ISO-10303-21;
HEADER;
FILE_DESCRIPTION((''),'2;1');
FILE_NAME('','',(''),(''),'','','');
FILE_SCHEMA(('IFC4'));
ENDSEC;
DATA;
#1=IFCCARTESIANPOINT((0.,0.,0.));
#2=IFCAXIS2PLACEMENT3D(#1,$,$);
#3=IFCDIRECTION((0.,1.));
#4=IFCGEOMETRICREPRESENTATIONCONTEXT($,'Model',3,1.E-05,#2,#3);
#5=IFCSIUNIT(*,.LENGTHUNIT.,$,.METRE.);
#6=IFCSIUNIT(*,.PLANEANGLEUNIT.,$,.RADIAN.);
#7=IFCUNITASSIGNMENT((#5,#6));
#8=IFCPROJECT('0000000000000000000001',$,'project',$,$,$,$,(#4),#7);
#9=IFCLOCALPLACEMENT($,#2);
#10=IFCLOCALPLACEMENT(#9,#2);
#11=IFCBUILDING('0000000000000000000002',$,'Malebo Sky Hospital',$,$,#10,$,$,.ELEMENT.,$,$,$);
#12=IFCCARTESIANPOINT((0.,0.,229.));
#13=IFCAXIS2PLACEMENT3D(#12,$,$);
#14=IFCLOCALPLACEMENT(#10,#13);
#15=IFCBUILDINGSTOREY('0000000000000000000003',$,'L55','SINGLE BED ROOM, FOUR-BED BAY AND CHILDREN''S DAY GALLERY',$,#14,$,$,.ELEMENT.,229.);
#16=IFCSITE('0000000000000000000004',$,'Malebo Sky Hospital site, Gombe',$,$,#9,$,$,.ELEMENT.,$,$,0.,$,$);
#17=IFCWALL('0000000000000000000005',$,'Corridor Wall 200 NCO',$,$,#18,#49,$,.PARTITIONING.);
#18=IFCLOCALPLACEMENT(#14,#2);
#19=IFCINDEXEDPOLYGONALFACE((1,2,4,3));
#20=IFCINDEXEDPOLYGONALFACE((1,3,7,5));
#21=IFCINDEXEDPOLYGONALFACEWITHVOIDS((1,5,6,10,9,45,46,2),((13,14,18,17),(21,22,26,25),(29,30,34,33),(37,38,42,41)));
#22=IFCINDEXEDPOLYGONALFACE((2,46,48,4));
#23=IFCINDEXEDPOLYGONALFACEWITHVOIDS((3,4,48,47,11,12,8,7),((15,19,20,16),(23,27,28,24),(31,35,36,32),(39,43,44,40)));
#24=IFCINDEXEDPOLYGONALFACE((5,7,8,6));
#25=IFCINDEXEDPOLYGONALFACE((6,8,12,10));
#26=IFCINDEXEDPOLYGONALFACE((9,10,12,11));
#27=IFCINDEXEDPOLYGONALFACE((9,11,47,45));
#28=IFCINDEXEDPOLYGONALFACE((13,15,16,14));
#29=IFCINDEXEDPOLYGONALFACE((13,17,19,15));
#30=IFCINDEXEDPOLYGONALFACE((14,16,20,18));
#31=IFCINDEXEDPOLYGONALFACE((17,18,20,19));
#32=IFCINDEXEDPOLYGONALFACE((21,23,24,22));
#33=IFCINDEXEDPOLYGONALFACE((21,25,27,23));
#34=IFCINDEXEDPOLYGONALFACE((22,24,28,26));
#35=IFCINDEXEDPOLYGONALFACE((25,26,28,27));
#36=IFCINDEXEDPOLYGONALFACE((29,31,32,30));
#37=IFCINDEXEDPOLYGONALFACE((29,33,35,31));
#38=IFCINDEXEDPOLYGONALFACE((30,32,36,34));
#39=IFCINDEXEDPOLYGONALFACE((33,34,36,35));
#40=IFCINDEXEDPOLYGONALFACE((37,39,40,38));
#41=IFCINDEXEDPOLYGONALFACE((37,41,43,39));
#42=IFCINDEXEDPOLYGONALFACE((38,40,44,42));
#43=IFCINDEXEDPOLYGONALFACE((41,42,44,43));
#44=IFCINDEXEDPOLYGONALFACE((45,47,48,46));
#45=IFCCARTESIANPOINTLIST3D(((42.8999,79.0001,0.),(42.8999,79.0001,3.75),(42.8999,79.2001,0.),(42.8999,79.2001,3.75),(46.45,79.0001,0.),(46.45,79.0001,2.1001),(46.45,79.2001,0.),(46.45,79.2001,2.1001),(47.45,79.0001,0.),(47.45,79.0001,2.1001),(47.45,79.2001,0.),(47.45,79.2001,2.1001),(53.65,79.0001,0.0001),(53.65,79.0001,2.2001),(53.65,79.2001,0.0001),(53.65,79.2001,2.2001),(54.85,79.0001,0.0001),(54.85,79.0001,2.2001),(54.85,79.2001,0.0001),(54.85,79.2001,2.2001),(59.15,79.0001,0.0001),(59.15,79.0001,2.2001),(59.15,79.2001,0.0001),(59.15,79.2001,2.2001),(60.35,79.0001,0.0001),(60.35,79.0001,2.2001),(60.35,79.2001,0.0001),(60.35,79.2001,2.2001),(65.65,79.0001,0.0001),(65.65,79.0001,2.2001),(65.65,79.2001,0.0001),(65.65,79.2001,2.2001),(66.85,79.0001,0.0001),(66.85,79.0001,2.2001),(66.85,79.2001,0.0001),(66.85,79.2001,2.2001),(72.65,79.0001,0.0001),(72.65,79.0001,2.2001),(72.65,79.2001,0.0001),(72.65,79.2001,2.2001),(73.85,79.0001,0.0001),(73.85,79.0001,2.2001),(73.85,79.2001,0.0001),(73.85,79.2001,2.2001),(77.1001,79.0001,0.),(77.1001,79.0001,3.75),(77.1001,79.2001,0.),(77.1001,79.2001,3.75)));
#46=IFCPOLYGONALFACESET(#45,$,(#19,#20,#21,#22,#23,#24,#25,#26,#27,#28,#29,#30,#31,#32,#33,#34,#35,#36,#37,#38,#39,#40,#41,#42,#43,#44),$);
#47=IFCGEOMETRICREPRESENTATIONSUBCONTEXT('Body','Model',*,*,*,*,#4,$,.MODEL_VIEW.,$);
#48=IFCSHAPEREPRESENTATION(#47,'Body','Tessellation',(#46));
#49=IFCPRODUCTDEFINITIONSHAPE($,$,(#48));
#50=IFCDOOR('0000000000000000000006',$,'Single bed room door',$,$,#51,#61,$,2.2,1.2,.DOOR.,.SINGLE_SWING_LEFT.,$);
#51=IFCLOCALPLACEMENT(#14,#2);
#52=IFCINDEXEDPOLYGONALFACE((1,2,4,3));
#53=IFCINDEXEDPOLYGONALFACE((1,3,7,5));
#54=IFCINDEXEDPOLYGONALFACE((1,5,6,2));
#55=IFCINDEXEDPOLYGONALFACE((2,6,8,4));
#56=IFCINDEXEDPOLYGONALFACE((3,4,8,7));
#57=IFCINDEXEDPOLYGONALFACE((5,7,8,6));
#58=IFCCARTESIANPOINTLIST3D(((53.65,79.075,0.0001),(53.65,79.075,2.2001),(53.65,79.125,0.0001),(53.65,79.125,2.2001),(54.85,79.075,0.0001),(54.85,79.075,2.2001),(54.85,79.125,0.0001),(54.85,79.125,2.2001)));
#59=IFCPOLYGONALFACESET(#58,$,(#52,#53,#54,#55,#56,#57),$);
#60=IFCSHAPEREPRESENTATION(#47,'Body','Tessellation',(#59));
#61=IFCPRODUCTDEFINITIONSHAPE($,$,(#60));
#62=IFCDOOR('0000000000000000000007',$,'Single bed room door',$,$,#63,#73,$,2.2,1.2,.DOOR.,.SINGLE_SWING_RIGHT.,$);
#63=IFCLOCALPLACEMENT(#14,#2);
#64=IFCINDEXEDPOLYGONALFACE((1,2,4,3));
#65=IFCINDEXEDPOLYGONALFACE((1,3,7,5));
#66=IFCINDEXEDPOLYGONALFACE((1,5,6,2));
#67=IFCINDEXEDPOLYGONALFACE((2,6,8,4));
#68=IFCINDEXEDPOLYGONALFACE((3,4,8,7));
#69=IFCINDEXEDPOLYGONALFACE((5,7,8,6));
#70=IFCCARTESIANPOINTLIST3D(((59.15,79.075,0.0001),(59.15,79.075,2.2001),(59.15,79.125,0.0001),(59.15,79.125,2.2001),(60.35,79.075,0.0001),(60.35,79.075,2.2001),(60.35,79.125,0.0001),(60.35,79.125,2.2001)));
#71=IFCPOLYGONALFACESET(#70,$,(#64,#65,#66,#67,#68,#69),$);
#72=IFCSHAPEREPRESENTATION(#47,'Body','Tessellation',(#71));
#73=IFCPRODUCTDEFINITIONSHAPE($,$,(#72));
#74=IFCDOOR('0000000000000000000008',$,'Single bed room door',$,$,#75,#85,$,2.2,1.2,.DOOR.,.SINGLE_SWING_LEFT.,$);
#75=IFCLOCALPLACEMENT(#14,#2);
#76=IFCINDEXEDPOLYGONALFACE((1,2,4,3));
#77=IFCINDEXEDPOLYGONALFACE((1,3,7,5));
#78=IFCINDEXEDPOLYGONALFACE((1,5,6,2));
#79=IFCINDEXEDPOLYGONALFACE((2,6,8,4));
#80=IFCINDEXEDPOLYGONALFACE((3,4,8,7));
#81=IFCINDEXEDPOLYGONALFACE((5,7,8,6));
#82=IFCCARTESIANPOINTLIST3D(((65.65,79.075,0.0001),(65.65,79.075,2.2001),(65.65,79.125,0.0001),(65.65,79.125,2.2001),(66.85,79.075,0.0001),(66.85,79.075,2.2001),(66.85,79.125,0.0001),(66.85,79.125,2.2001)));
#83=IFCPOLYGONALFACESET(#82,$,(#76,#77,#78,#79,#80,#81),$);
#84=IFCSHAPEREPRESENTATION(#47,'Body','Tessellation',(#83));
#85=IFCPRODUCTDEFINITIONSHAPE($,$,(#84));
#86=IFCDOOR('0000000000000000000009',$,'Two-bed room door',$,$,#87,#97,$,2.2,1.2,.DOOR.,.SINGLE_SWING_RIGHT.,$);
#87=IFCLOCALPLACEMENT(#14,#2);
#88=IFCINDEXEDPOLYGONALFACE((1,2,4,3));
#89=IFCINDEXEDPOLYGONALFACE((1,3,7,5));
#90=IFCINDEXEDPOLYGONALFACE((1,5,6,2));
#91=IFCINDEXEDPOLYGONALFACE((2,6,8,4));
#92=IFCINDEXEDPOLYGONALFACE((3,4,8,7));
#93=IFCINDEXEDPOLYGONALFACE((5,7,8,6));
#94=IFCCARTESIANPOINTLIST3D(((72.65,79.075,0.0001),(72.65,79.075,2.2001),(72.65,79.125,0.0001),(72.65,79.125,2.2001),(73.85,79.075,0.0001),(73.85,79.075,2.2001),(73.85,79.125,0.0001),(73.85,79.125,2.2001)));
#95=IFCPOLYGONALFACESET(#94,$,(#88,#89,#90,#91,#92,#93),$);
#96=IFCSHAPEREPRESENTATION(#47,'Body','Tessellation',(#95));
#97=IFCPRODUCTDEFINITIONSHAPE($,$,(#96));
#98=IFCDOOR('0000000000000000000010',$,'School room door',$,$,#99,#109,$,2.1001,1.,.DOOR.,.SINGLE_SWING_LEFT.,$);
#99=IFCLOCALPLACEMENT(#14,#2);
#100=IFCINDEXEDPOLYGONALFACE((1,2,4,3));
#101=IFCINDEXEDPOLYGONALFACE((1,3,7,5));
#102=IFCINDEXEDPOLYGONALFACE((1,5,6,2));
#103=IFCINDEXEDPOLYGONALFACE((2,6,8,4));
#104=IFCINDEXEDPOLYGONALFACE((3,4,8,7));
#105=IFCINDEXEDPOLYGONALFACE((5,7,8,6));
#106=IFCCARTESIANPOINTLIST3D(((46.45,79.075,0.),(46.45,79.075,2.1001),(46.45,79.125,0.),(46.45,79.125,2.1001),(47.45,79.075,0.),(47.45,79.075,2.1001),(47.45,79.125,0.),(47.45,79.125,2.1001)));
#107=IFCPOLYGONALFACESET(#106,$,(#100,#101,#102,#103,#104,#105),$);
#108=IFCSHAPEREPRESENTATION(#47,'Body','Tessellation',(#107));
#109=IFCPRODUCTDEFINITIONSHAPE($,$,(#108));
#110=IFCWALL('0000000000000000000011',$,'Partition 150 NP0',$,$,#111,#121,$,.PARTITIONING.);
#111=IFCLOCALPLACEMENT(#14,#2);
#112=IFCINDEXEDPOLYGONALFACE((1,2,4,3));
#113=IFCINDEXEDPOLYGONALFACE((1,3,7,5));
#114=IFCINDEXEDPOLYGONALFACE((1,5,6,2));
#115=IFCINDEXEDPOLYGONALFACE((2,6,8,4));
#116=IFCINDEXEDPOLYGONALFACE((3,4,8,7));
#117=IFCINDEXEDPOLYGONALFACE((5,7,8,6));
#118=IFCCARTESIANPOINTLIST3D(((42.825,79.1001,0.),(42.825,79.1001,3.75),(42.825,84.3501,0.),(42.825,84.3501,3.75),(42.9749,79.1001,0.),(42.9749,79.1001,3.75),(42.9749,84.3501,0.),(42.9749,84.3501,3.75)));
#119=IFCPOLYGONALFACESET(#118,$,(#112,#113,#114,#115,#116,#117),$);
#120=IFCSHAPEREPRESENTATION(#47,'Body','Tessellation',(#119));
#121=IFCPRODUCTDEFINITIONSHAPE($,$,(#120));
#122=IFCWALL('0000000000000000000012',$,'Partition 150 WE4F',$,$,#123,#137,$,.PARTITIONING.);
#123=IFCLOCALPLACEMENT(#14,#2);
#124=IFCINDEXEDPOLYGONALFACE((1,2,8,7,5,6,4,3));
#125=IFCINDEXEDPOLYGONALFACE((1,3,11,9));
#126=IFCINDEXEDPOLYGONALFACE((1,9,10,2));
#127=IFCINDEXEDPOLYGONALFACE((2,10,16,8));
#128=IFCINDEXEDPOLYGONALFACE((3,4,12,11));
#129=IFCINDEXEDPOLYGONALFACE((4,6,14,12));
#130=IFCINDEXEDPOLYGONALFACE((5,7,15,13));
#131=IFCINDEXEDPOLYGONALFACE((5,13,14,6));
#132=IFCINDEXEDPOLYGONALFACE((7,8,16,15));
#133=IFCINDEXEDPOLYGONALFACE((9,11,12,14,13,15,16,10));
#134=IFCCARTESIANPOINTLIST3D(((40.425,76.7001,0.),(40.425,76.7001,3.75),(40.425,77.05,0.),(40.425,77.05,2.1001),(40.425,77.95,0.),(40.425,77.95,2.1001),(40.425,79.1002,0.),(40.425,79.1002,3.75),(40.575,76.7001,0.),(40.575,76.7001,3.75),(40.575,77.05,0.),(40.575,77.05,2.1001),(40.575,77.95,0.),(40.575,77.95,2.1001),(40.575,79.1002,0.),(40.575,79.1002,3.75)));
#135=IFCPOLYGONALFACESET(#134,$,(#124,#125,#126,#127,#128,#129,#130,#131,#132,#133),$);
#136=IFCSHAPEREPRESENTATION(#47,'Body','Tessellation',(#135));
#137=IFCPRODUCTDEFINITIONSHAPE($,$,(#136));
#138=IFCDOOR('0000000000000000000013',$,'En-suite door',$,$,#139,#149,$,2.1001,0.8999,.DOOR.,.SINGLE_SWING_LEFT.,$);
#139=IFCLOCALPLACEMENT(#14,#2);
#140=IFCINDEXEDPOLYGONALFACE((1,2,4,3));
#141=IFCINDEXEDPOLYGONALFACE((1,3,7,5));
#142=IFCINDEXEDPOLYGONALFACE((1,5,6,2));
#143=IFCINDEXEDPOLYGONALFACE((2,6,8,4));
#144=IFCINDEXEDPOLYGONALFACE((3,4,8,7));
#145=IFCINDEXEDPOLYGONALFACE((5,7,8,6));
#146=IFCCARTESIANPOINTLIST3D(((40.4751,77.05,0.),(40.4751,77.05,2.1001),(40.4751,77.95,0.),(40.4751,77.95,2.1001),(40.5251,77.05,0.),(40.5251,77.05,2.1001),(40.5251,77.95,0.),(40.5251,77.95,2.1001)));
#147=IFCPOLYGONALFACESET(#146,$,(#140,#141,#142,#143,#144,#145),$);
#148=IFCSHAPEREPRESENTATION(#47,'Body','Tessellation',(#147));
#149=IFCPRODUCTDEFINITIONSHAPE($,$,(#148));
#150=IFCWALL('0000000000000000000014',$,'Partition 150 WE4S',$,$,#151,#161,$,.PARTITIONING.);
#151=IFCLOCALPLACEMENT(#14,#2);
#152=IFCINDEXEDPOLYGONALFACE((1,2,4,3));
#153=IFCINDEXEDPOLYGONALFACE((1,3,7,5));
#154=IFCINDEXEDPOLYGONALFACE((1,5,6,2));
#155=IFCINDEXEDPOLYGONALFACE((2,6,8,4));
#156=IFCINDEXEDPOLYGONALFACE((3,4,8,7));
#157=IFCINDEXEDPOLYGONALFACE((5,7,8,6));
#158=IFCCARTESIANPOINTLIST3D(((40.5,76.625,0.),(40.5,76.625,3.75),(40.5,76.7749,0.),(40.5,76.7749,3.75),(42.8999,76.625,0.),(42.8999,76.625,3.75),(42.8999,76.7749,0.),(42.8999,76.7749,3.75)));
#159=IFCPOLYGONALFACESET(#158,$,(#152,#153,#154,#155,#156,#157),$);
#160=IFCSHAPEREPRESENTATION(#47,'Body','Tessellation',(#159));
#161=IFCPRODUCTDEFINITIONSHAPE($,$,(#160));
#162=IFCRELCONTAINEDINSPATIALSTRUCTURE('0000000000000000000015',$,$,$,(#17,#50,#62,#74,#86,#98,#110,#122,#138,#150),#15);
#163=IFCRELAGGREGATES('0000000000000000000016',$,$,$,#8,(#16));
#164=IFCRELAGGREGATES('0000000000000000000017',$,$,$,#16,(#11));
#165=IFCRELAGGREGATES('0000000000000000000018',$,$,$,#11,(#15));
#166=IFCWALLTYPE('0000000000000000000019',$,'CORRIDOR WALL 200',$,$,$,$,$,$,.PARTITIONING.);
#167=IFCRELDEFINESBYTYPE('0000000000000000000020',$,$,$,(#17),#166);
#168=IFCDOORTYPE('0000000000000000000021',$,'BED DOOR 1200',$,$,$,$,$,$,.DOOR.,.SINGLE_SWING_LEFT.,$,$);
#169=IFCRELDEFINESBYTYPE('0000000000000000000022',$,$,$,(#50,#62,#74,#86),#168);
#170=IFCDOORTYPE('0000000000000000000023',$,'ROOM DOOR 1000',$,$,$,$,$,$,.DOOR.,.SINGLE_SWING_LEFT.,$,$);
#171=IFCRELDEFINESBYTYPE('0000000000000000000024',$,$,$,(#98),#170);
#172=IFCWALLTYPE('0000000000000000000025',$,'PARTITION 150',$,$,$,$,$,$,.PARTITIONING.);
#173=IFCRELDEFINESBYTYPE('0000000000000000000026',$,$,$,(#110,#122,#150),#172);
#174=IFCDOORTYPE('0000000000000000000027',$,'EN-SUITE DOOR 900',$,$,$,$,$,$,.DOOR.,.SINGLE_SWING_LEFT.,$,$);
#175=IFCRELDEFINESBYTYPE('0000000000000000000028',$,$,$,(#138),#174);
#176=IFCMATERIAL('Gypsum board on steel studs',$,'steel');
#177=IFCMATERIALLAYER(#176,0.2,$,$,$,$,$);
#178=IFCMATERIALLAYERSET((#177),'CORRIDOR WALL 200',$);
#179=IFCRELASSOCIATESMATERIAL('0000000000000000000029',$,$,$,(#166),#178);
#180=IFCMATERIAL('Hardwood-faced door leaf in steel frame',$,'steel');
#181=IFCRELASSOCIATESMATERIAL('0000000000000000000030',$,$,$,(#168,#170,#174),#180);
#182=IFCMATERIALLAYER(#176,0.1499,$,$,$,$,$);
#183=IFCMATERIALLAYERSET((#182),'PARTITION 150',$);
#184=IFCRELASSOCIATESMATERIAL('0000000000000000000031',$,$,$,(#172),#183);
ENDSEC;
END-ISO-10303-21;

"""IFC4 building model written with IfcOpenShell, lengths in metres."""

from ifc_helpers import new_model, si_unit, direction, frame, frame_2d, origin, place, context, subcontext, project, spatial, rectangle, extrude, material, layer, layer_set, type_object, element, fill, save


model = new_model("IFC4")

# Units and contexts
model_context = context("Model", 3, precision=1e-05, world=origin(), true_north=direction((0.0, 1.0)))
body_context = subcontext(model_context, "Body", "Model", "MODEL_VIEW")
ifc_project = project(units=[si_unit("LENGTHUNIT", "METRE"), si_unit("PLANEANGLEUNIT", "RADIAN")], contexts=[model_context])

# Site, building, storey
site_placement = place(None, origin())
site = spatial("IfcSite", under=ifc_project, at=site_placement, Name="Malebo Sky Hospital site, Gombe", CompositionType="ELEMENT", RefElevation=0.0)
building_placement = place(site_placement, origin())
building = spatial("IfcBuilding", under=site, at=building_placement, Name="Malebo Sky Hospital", CompositionType="ELEMENT")
storey_placement = place(building_placement, frame((0.0, 0.0, 229.0)))
storey = spatial("IfcBuildingStorey", under=building, at=storey_placement, Name="L55", Description="SINGLE BED ROOM, FOUR-BED BAY AND CHILDREN'S DAY GALLERY", CompositionType="ELEMENT", Elevation=229.0)

# Wall, openings, doors
ifc_material_1 = material(Name="Gypsum board on steel studs", Category="steel")
ifc_layer_1 = layer(ifc_material_1, 0.2)
ifc_layer_set_1 = layer_set([ifc_layer_1], Name="CORRIDOR WALL 200")
wall_type_1 = type_object("IfcWallType", Name="CORRIDOR WALL 200", PredefinedType="PARTITIONING", material=ifc_layer_set_1)
wall_1_placement = place(storey_placement, frame((42.8999, 79.1001, 0.0), z_axis=(0.0, 0.0, 1.0), x_axis=(1.0, 0.0, 0.0)))
wall_1 = element("IfcWall", 1, at=wall_1_placement, inside=storey, type_object=wall_type_1, Name="Corridor Wall 200 NCO", PredefinedType="PARTITIONING", context=body_context, shape_type="SweptSolid", body=[
    extrude(rectangle(XDim=34.2002, YDim=0.2, at=frame_2d((17.1001, 0.0))), origin(), (0.0, 0.0, 1.0), 3.75),
])
opening_1_placement = place(wall_1_placement, frame((3.55, 0.0, 0.0)))
opening_1 = element("IfcOpeningElement", 2, at=opening_1_placement, cuts=wall_1, PredefinedType="OPENING", context=body_context, shape_type="SweptSolid", body=[
    extrude(rectangle(XDim=1.0, YDim=2.1001, at=frame_2d((0.5, 1.05))), frame((0.0, 0.1099, 0.0), z_axis=(0.0, -1.0, 0.0), x_axis=(1.0, 0.0, 0.0)), (0.0, 0.0, 1.0), 0.22),
])
opening_2_placement = place(wall_1_placement, frame((10.75, 0.0, 0.0)))
opening_2 = element("IfcOpeningElement", 3, at=opening_2_placement, cuts=wall_1, PredefinedType="OPENING", context=body_context, shape_type="SweptSolid", body=[
    extrude(rectangle(XDim=1.2, YDim=2.2, at=frame_2d((0.6001, 1.1001))), frame((0.0, 0.1099, 0.0), z_axis=(0.0, -1.0, 0.0), x_axis=(1.0, 0.0, 0.0)), (0.0, 0.0, 1.0), 0.22),
])
opening_3_placement = place(wall_1_placement, frame((16.25, 0.0, 0.0)))
opening_3 = element("IfcOpeningElement", 4, at=opening_3_placement, cuts=wall_1, PredefinedType="OPENING", context=body_context, shape_type="SweptSolid", body=[
    extrude(rectangle(XDim=1.2, YDim=2.2, at=frame_2d((0.6001, 1.1001))), frame((0.0, 0.1099, 0.0), z_axis=(0.0, -1.0, 0.0), x_axis=(1.0, 0.0, 0.0)), (0.0, 0.0, 1.0), 0.22),
])
opening_4_placement = place(wall_1_placement, frame((22.75, 0.0, 0.0)))
opening_4 = element("IfcOpeningElement", 5, at=opening_4_placement, cuts=wall_1, PredefinedType="OPENING", context=body_context, shape_type="SweptSolid", body=[
    extrude(rectangle(XDim=1.2, YDim=2.2, at=frame_2d((0.6001, 1.1001))), frame((0.0, 0.1099, 0.0), z_axis=(0.0, -1.0, 0.0), x_axis=(1.0, 0.0, 0.0)), (0.0, 0.0, 1.0), 0.22),
])
opening_5_placement = place(wall_1_placement, frame((29.75, 0.0, 0.0)))
opening_5 = element("IfcOpeningElement", 6, at=opening_5_placement, cuts=wall_1, PredefinedType="OPENING", context=body_context, shape_type="SweptSolid", body=[
    extrude(rectangle(XDim=1.2, YDim=2.2, at=frame_2d((0.6001, 1.1001))), frame((0.0, 0.1099, 0.0), z_axis=(0.0, -1.0, 0.0), x_axis=(1.0, 0.0, 0.0)), (0.0, 0.0, 1.0), 0.22),
])
ifc_material_2 = material(Name="Hardwood-faced door leaf in steel frame", Category="steel")
door_type_1 = type_object("IfcDoorType", Name="BED DOOR 1200", OperationType="SINGLE_SWING_LEFT", PredefinedType="DOOR", material=ifc_material_2)
door_1_placement = place(opening_2_placement, origin())
door_1 = element("IfcDoor", 7, at=door_1_placement, inside=storey, type_object=door_type_1, Name="Single bed room door", OperationType="SINGLE_SWING_LEFT", OverallHeight=2.2, OverallWidth=1.2, PredefinedType="DOOR", context=body_context, shape_type="SweptSolid", body=[
    extrude(rectangle(XDim=1.2, YDim=2.2, at=frame_2d((0.6001, 1.1001))), frame((0.0, 0.0249, 0.0), z_axis=(0.0, -1.0, 0.0), x_axis=(1.0, 0.0, 0.0)), (0.0, 0.0, 1.0), 0.05),
])
fill(opening_2, door_1)
door_2_placement = place(opening_3_placement, origin())
door_2 = element("IfcDoor", 8, at=door_2_placement, inside=storey, type_object=door_type_1, Name="Single bed room door", OperationType="SINGLE_SWING_RIGHT", OverallHeight=2.2, OverallWidth=1.2, PredefinedType="DOOR", context=body_context, shape_type="SweptSolid", body=[
    extrude(rectangle(XDim=1.2, YDim=2.2, at=frame_2d((0.6001, 1.1001))), frame((0.0, 0.0249, 0.0), z_axis=(0.0, -1.0, 0.0), x_axis=(1.0, 0.0, 0.0)), (0.0, 0.0, 1.0), 0.05),
])
fill(opening_3, door_2)
door_3_placement = place(opening_4_placement, origin())
door_3 = element("IfcDoor", 9, at=door_3_placement, inside=storey, type_object=door_type_1, Name="Single bed room door", OperationType="SINGLE_SWING_LEFT", OverallHeight=2.2, OverallWidth=1.2, PredefinedType="DOOR", context=body_context, shape_type="SweptSolid", body=[
    extrude(rectangle(XDim=1.2, YDim=2.2, at=frame_2d((0.6001, 1.1001))), frame((0.0, 0.0249, 0.0), z_axis=(0.0, -1.0, 0.0), x_axis=(1.0, 0.0, 0.0)), (0.0, 0.0, 1.0), 0.05),
])
fill(opening_4, door_3)
door_4_placement = place(opening_5_placement, origin())
door_4 = element("IfcDoor", 10, at=door_4_placement, inside=storey, type_object=door_type_1, Name="Two-bed room door", OperationType="SINGLE_SWING_RIGHT", OverallHeight=2.2, OverallWidth=1.2, PredefinedType="DOOR", context=body_context, shape_type="SweptSolid", body=[
    extrude(rectangle(XDim=1.2, YDim=2.2, at=frame_2d((0.6001, 1.1001))), frame((0.0, 0.0249, 0.0), z_axis=(0.0, -1.0, 0.0), x_axis=(1.0, 0.0, 0.0)), (0.0, 0.0, 1.0), 0.05),
])
fill(opening_5, door_4)
door_type_2 = type_object("IfcDoorType", Name="ROOM DOOR 1000", OperationType="SINGLE_SWING_LEFT", PredefinedType="DOOR", material=ifc_material_2)
door_5_placement = place(opening_1_placement, origin())
door_5 = element("IfcDoor", 11, at=door_5_placement, inside=storey, type_object=door_type_2, Name="School room door", OperationType="SINGLE_SWING_LEFT", OverallHeight=2.1001, OverallWidth=1.0, PredefinedType="DOOR", context=body_context, shape_type="SweptSolid", body=[
    extrude(rectangle(XDim=1.0, YDim=2.1001, at=frame_2d((0.5, 1.05))), frame((0.0, 0.0249, 0.0), z_axis=(0.0, -1.0, 0.0), x_axis=(1.0, 0.0, 0.0)), (0.0, 0.0, 1.0), 0.05),
])
fill(opening_1, door_5)

# Wall
ifc_layer_2 = layer(ifc_material_1, 0.1499)
ifc_layer_set_2 = layer_set([ifc_layer_2], Name="PARTITION 150")
wall_type_2 = type_object("IfcWallType", Name="PARTITION 150", PredefinedType="PARTITIONING", material=ifc_layer_set_2)
wall_2_placement = place(storey_placement, frame((42.8999, 79.1001, 0.0), z_axis=(0.0, 0.0, 1.0), x_axis=(0.0, 1.0, 0.0)))
element("IfcWall", 12, at=wall_2_placement, inside=storey, type_object=wall_type_2, Name="Partition 150 NP0", PredefinedType="PARTITIONING", context=body_context, shape_type="SweptSolid", body=[
    extrude(rectangle(XDim=5.25, YDim=0.1499, at=frame_2d((2.625, 0.0))), origin(), (0.0, 0.0, 1.0), 3.75),
])

# Wall, opening, door
wall_3_placement = place(storey_placement, frame((40.5, 76.7, 0.0), z_axis=(0.0, 0.0, 1.0), x_axis=(0.0, 1.0, 0.0)))
wall_3 = element("IfcWall", 13, at=wall_3_placement, inside=storey, type_object=wall_type_2, Name="Partition 150 WE4F", PredefinedType="PARTITIONING", context=body_context, shape_type="SweptSolid", body=[
    extrude(rectangle(XDim=2.4001, YDim=0.1499, at=frame_2d((1.2002, 0.0))), origin(), (0.0, 0.0, 1.0), 3.75),
])
opening_6_placement = place(wall_3_placement, frame((0.3501, 0.0, 0.0)))
opening_6 = element("IfcOpeningElement", 14, at=opening_6_placement, cuts=wall_3, PredefinedType="OPENING", context=body_context, shape_type="SweptSolid", body=[
    extrude(rectangle(XDim=0.8999, YDim=2.1001, at=frame_2d((0.45, 1.05))), frame((0.0, 0.085, 0.0), z_axis=(0.0, -1.0, 0.0), x_axis=(1.0, 0.0, 0.0)), (0.0, 0.0, 1.0), 0.1699),
])
door_type_3 = type_object("IfcDoorType", Name="EN-SUITE DOOR 900", OperationType="SINGLE_SWING_LEFT", PredefinedType="DOOR", material=ifc_material_2)
door_6_placement = place(opening_6_placement, origin())
door_6 = element("IfcDoor", 15, at=door_6_placement, inside=storey, type_object=door_type_3, Name="En-suite door", OperationType="SINGLE_SWING_LEFT", OverallHeight=2.1001, OverallWidth=0.8999, PredefinedType="DOOR", context=body_context, shape_type="SweptSolid", body=[
    extrude(rectangle(XDim=0.8999, YDim=2.1001, at=frame_2d((0.45, 1.05))), frame((0.0, 0.0249, 0.0), z_axis=(0.0, -1.0, 0.0), x_axis=(1.0, 0.0, 0.0)), (0.0, 0.0, 1.0), 0.05),
])
fill(opening_6, door_6)

# Wall
for number, where, z_axis, x_axis, name in (
    (16, (42.8999, 76.7, 0.0), (0.0, 0.0, 1.0), (-1.0, 0.0, 0.0), "Partition 150 WE4S"),
):
    element("IfcWall", number, at=place(storey_placement, frame(where, z_axis=z_axis, x_axis=x_axis)), inside=storey, type_object=wall_type_2, Name=name, PredefinedType="PARTITIONING", context=body_context, shape_type="SweptSolid", body=[
        extrude(rectangle(XDim=2.3999, YDim=0.1499, at=frame_2d((1.2, 0.0))), origin(), (0.0, 0.0, 1.0), 3.75),
    ])

save(model, "model.ifc")
